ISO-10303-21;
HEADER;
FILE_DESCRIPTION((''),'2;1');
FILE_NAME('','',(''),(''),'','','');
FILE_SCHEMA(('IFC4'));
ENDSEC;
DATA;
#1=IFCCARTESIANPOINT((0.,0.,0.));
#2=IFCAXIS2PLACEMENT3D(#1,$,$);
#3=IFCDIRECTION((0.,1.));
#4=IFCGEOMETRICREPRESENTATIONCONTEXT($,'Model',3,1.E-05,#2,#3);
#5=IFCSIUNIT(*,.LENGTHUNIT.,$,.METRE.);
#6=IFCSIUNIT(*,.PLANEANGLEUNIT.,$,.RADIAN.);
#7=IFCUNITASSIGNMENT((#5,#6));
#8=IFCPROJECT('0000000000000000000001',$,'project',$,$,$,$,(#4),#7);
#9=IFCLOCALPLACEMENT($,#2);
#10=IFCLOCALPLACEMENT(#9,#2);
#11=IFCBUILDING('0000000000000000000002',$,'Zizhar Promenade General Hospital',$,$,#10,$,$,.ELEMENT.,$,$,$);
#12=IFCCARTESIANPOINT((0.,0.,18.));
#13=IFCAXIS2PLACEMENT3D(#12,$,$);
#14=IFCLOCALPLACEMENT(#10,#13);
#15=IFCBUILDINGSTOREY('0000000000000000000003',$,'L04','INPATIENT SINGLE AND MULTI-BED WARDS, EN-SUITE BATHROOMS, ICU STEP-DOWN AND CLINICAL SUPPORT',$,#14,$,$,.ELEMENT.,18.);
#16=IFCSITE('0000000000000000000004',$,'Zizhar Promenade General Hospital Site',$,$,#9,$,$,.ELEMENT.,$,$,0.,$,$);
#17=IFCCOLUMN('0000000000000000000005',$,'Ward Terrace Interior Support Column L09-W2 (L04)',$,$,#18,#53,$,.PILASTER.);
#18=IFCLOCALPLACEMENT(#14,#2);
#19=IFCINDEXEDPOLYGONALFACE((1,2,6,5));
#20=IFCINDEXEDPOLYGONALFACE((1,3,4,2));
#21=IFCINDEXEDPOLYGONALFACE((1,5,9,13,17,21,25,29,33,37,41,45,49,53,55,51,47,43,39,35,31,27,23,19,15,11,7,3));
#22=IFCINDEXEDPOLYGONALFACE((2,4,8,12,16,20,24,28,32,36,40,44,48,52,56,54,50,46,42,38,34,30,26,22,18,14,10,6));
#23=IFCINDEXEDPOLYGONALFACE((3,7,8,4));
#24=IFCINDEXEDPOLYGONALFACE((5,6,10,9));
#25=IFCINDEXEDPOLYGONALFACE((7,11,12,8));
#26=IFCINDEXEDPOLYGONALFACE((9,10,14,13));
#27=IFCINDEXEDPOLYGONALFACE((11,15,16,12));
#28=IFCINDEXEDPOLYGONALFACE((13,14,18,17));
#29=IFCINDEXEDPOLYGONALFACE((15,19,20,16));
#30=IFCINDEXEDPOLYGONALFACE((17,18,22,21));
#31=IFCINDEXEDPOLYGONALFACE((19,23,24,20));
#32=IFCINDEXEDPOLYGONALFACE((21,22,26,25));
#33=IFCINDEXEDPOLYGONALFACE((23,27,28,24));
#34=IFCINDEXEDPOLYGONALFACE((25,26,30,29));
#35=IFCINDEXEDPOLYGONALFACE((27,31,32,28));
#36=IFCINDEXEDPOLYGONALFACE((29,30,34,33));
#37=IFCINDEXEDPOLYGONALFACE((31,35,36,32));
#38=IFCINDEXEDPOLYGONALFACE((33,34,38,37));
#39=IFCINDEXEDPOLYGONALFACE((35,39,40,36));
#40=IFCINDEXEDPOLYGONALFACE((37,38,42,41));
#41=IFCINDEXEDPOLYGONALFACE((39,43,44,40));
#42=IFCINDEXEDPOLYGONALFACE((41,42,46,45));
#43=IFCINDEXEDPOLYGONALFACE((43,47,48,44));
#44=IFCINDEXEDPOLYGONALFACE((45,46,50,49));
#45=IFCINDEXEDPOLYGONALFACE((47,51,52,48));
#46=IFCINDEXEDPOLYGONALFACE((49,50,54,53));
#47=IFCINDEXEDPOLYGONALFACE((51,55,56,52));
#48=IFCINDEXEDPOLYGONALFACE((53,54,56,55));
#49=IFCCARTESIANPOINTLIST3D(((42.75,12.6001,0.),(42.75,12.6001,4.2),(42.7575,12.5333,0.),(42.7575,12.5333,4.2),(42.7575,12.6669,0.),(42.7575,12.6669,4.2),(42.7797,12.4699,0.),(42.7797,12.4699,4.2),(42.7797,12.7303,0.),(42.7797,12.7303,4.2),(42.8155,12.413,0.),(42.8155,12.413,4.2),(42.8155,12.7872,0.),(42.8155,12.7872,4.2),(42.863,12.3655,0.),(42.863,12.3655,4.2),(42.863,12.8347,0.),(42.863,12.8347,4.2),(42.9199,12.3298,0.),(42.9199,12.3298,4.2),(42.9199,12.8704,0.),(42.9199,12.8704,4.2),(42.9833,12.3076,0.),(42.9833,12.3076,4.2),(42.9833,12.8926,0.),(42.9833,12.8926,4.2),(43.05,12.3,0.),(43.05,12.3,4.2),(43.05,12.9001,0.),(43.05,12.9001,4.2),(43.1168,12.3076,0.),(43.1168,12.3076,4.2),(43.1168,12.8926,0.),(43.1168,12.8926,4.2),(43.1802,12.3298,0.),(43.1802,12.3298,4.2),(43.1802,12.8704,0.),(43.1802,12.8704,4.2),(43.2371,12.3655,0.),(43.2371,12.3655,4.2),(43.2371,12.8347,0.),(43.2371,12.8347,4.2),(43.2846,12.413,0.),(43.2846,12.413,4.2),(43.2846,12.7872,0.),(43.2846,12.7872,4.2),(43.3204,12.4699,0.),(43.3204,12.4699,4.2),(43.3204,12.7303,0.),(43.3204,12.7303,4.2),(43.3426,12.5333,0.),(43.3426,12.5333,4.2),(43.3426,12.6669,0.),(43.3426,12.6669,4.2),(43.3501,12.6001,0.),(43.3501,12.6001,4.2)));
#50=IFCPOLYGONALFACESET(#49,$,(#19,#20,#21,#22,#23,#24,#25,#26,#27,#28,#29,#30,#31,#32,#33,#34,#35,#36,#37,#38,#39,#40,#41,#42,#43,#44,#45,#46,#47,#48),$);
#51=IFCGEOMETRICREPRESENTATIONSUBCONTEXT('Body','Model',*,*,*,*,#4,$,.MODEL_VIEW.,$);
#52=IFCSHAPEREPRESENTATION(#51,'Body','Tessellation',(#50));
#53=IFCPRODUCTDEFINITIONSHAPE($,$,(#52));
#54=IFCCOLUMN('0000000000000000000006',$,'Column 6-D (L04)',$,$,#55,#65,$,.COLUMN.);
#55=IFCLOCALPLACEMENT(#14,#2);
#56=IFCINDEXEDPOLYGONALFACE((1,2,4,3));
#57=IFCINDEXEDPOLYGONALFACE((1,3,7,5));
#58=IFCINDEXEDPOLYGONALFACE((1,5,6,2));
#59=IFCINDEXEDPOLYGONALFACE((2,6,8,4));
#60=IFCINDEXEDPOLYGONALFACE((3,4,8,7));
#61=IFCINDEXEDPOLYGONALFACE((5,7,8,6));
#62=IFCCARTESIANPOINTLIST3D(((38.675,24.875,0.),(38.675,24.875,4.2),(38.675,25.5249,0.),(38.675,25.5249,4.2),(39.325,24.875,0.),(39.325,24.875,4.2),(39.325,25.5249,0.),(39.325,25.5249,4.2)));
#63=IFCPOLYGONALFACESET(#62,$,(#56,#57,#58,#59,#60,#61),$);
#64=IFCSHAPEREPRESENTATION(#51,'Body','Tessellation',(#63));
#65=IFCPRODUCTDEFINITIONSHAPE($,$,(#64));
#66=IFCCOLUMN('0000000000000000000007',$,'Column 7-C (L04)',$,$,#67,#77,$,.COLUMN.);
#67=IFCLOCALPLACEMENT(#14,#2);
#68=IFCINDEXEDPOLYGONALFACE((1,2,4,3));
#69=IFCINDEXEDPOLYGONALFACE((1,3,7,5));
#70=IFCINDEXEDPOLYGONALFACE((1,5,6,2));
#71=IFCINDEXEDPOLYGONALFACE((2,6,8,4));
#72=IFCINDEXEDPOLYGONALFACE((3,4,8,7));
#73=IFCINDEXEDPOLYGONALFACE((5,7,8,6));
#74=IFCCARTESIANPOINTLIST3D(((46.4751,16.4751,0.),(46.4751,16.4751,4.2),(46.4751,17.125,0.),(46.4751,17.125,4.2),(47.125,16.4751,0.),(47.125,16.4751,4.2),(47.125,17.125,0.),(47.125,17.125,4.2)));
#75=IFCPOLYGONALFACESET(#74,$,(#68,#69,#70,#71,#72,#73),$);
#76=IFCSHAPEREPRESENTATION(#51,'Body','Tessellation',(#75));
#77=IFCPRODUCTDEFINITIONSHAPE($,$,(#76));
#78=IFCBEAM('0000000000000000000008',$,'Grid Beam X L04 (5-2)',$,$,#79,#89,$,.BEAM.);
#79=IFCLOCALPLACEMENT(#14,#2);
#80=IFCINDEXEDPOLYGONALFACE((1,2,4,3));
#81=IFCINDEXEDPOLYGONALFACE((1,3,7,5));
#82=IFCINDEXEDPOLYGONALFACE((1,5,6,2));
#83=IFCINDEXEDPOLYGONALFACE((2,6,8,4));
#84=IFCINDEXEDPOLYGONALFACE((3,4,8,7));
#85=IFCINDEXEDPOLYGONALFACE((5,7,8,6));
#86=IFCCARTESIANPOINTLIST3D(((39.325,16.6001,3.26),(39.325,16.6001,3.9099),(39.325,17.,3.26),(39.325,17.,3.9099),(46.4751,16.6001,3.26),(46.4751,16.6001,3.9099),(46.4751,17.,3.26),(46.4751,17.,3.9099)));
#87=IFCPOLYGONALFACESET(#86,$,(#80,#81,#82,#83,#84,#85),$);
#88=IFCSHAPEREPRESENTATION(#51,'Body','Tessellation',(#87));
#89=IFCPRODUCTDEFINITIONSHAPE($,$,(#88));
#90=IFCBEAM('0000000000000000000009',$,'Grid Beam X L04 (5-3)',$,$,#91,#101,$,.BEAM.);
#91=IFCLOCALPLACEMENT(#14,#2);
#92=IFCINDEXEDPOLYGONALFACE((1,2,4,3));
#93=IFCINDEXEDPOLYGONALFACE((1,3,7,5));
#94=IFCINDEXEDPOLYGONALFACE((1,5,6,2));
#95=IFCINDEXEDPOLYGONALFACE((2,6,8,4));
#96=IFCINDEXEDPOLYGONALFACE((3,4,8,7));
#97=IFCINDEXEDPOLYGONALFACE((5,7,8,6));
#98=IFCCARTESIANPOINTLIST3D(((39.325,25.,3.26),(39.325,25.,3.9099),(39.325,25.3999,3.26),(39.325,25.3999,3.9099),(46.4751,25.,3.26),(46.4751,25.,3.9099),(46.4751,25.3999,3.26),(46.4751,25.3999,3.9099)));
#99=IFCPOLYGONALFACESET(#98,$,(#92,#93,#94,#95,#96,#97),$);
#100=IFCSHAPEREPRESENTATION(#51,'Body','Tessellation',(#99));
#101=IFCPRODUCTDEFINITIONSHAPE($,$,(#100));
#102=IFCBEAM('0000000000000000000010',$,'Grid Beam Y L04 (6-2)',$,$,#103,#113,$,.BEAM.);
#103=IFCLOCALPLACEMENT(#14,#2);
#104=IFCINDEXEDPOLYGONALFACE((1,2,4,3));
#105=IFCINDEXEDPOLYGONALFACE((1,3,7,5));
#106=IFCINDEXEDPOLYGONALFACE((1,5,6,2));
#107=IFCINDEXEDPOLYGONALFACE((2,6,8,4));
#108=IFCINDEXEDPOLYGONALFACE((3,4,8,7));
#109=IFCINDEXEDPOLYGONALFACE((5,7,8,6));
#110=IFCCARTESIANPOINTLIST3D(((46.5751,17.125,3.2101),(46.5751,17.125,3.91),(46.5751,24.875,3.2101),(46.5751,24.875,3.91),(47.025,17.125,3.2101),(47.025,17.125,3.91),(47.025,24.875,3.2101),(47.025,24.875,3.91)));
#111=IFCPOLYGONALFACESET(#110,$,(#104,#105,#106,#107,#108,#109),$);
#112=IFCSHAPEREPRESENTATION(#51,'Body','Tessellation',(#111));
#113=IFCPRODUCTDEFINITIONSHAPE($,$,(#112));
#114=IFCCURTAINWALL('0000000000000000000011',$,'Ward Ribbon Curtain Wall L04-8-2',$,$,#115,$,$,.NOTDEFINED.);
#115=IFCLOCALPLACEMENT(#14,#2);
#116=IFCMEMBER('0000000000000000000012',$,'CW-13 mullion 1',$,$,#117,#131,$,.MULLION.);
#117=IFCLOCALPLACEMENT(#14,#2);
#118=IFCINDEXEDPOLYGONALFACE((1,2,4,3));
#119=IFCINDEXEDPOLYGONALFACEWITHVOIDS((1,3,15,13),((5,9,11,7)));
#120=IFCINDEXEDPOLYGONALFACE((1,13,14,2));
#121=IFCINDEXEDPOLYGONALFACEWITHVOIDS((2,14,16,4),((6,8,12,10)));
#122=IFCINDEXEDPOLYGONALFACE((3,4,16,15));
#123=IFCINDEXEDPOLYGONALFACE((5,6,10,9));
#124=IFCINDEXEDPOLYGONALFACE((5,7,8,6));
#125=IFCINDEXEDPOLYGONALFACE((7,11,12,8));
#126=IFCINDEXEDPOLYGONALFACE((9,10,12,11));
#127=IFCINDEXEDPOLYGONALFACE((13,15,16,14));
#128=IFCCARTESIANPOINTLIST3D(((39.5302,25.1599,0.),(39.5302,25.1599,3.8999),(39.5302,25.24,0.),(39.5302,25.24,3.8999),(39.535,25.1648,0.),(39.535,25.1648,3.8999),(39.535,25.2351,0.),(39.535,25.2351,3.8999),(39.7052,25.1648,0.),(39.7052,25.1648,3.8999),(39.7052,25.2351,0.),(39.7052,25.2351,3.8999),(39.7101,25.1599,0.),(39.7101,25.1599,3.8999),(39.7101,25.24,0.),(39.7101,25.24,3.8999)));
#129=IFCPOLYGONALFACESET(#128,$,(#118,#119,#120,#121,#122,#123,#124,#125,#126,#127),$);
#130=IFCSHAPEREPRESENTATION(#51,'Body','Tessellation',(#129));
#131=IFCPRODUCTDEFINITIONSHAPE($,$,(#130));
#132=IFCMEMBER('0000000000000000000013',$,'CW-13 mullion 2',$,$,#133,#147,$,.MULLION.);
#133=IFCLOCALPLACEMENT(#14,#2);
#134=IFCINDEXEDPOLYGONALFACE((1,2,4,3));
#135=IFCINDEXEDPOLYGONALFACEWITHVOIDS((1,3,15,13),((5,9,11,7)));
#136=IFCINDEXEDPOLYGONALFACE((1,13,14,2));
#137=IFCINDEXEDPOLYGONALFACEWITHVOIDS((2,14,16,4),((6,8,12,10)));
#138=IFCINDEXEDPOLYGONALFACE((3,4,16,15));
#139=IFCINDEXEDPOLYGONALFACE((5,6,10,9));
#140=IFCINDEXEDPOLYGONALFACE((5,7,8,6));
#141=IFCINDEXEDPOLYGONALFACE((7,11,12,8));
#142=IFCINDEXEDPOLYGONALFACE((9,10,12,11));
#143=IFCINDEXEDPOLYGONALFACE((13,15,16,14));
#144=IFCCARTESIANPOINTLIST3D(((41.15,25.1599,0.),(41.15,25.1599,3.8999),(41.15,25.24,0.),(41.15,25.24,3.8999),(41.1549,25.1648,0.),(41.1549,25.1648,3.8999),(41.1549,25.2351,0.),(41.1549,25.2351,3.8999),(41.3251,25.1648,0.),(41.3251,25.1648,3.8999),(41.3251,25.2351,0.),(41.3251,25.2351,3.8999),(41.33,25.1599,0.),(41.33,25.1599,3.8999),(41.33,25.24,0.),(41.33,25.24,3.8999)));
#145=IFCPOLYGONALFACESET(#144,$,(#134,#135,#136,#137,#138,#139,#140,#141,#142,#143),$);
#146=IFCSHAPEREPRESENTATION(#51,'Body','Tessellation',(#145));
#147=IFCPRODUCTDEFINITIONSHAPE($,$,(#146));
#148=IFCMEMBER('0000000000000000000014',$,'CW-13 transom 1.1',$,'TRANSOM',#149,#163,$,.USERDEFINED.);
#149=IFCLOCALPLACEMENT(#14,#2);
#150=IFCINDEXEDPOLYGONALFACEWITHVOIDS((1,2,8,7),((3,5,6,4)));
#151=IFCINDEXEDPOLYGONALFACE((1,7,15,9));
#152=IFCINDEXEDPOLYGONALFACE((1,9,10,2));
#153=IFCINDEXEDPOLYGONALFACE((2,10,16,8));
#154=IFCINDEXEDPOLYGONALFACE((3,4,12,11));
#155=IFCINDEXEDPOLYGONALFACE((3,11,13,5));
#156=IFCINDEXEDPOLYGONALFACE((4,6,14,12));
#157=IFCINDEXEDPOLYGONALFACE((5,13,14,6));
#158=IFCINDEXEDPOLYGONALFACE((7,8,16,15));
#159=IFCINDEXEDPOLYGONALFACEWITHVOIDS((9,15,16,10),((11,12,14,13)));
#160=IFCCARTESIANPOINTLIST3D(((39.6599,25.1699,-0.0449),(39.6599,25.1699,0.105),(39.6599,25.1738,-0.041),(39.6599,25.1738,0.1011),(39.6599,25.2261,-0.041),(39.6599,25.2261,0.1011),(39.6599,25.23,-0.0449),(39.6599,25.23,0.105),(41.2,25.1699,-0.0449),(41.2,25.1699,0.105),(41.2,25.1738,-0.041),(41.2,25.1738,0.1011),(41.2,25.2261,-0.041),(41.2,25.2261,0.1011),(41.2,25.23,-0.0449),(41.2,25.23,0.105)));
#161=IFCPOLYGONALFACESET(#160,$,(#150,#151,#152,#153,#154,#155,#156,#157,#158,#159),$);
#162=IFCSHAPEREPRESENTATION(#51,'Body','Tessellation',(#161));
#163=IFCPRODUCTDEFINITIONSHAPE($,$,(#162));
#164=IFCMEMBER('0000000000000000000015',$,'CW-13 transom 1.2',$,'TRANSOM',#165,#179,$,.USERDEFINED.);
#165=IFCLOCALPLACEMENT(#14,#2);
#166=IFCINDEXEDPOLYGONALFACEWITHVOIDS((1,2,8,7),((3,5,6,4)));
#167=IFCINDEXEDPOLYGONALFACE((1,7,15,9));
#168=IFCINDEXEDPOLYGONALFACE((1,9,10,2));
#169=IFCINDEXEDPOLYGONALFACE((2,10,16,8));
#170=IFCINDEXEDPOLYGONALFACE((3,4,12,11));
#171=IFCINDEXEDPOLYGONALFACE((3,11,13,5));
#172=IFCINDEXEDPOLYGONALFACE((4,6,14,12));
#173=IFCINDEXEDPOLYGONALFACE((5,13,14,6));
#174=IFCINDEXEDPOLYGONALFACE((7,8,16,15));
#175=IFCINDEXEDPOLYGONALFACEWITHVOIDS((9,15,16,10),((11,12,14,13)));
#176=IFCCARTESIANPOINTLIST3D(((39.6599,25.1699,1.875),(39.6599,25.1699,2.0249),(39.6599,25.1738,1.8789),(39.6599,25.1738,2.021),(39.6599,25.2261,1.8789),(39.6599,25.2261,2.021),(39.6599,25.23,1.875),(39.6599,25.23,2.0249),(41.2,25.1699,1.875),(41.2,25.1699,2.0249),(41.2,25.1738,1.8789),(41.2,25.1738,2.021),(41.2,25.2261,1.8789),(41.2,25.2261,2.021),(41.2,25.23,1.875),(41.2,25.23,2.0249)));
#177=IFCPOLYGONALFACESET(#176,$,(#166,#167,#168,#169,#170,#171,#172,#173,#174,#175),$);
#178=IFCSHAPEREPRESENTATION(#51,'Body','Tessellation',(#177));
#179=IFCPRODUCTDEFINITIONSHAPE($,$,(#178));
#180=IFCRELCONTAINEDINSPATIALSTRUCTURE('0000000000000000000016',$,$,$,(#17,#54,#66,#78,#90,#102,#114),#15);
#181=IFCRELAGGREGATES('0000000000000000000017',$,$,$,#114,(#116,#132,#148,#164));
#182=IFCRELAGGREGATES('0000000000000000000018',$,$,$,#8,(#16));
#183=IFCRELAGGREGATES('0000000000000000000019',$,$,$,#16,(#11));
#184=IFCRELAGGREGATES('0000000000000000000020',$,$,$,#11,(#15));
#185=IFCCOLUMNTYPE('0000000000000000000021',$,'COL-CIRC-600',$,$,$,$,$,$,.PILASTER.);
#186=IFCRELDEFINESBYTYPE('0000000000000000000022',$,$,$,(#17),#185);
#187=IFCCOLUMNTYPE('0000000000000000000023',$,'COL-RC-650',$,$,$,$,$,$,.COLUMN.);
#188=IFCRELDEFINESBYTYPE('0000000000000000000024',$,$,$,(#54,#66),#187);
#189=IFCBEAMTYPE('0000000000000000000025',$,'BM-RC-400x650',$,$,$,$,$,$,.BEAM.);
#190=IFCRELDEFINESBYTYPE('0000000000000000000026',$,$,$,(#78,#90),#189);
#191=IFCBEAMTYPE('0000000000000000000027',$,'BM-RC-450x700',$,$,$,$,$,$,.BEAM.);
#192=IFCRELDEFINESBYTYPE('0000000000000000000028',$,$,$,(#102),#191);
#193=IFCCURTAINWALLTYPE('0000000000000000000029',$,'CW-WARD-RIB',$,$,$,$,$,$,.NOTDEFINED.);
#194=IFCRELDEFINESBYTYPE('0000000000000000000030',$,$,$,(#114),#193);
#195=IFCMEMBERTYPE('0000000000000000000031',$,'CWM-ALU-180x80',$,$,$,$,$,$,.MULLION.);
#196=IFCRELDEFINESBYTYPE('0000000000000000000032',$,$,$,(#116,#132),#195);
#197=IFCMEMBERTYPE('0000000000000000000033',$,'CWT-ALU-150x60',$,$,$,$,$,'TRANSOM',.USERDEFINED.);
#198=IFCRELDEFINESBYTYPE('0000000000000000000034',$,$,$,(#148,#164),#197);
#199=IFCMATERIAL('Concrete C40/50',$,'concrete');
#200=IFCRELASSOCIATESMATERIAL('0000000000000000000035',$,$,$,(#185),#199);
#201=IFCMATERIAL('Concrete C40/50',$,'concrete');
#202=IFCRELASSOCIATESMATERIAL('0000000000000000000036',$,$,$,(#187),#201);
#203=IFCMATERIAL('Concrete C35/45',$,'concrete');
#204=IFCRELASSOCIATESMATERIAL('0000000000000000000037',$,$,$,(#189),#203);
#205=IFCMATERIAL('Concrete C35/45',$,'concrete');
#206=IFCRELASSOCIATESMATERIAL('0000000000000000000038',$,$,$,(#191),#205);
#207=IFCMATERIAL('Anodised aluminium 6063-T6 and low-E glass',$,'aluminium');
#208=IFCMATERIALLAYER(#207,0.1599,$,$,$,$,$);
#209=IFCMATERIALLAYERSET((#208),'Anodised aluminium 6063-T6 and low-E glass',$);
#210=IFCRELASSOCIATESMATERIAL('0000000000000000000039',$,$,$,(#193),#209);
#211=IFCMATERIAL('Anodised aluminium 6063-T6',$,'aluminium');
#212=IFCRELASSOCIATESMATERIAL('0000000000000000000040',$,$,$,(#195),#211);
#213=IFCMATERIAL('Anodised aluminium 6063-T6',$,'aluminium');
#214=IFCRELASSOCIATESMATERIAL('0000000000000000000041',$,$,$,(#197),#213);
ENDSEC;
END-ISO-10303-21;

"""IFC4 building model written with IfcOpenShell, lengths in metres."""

from ifc_helpers import new_model, si_unit, direction, frame, origin, origin_2d, place, context, subcontext, project, spatial, rectangle, hollow_rectangle, circle, extrude, material, layer, layer_set, material_profile, profile_set, type_object, element, aggregate, save


model = new_model("IFC4")

# Units and contexts
model_context = context("Model", 3, precision=1e-05, world=origin(), true_north=direction((0.0, 1.0)))
body_context = subcontext(model_context, "Body", "Model", "MODEL_VIEW")
ifc_project = project(units=[si_unit("LENGTHUNIT", "METRE"), si_unit("PLANEANGLEUNIT", "RADIAN")], contexts=[model_context])

# Site, building, storey
site_placement = place(None, origin())
site = spatial("IfcSite", under=ifc_project, at=site_placement, Name="Zizhar Promenade General Hospital Site", CompositionType="ELEMENT", RefElevation=0.0)
building_placement = place(site_placement, origin())
building = spatial("IfcBuilding", under=site, at=building_placement, Name="Zizhar Promenade General Hospital", CompositionType="ELEMENT")
storey_placement = place(building_placement, frame((0.0, 0.0, 18.0)))
storey = spatial("IfcBuildingStorey", under=building, at=storey_placement, Name="L04", Description="INPATIENT SINGLE AND MULTI-BED WARDS, EN-SUITE BATHROOMS, ICU STEP-DOWN AND CLINICAL SUPPORT", CompositionType="ELEMENT", Elevation=18.0)

# Columns
ifc_material_1 = material(Name="Concrete C40/50", Category="concrete")
ifc_material_profile_1 = material_profile(ifc_material_1, circle(Radius=0.3, at=origin_2d()))
ifc_profile_set_1 = profile_set([ifc_material_profile_1], Name="Concrete C40/50")
column_type_1 = type_object("IfcColumnType", Name="COL-CIRC-600", PredefinedType="PILASTER", material=ifc_profile_set_1)
column_placement = place(storey_placement, frame((43.05, 12.6001, 0.0), z_axis=(0.0, 0.0, 1.0), x_axis=(1.0, 0.0, 0.0)))
element("IfcColumn", 1, at=column_placement, inside=storey, type_object=column_type_1, Name="Ward Terrace Interior Support Column L09-W2 (L04)", PredefinedType="PILASTER", context=body_context, shape_type="SweptSolid", body=[
    extrude(circle(Radius=0.3, at=origin_2d()), origin(), (0.0, 0.0, 1.0), 4.2),
])
ifc_material_2 = material(Name="Concrete C40/50", Category="concrete")
ifc_material_profile_2 = material_profile(ifc_material_2, rectangle(XDim=0.6499, YDim=0.6499, at=origin_2d()))
ifc_profile_set_2 = profile_set([ifc_material_profile_2], Name="Concrete C40/50")
column_type_2 = type_object("IfcColumnType", Name="COL-RC-650", PredefinedType="COLUMN", material=ifc_profile_set_2)
for number, where, z_axis, x_axis, name in (
    (2, (39.0, 25.2, 0.0), (0.0, 0.0, 1.0), (1.0, 0.0, 0.0), "Column 6-D (L04)"),
    (3, (46.8, 16.8, 0.0), (0.0, 0.0, 1.0), (1.0, 0.0, 0.0), "Column 7-C (L04)"),
):
    element("IfcColumn", number, at=place(storey_placement, frame(where, z_axis=z_axis, x_axis=x_axis)), inside=storey, type_object=column_type_2, Name=name, PredefinedType="COLUMN", context=body_context, shape_type="SweptSolid", body=[
        extrude(rectangle(XDim=0.6499, YDim=0.6499, at=origin_2d()), origin(), (0.0, 0.0, 1.0), 4.2),
    ])

# Beams
ifc_material_3 = material(Name="Concrete C35/45", Category="concrete")
ifc_material_profile_3 = material_profile(ifc_material_3, rectangle(XDim=0.3999, YDim=0.6499, at=origin_2d()))
ifc_profile_set_3 = profile_set([ifc_material_profile_3], Name="Concrete C35/45")
beam_type_1 = type_object("IfcBeamType", Name="BM-RC-400x650", PredefinedType="BEAM", material=ifc_profile_set_3)
for number, where, z_axis, x_axis, name in (
    (4, (39.325, 16.8, 3.585), (1.0, 0.0, 0.0), (0.0, 1.0, 0.0), "Grid Beam X L04 (5-2)"),
    (5, (39.325, 25.2, 3.585), (1.0, 0.0, 0.0), (0.0, 1.0, 0.0), "Grid Beam X L04 (5-3)"),
):
    element("IfcBeam", number, at=place(storey_placement, frame(where, z_axis=z_axis, x_axis=x_axis)), inside=storey, type_object=beam_type_1, Name=name, PredefinedType="BEAM", context=body_context, shape_type="SweptSolid", body=[
        extrude(rectangle(XDim=0.3999, YDim=0.6499, at=origin_2d()), origin(), (0.0, 0.0, 1.0), 7.1501),
    ])
ifc_material_4 = material(Name="Concrete C35/45", Category="concrete")
ifc_material_profile_4 = material_profile(ifc_material_4, rectangle(XDim=0.45, YDim=0.7, at=origin_2d()))
ifc_profile_set_4 = profile_set([ifc_material_profile_4], Name="Concrete C35/45")
beam_type_2 = type_object("IfcBeamType", Name="BM-RC-450x700", PredefinedType="BEAM", material=ifc_profile_set_4)
beam_placement = place(storey_placement, frame((46.8, 17.125, 3.5601), z_axis=(0.0, 1.0, 0.0), x_axis=(-1.0, 0.0, 0.0)))
element("IfcBeam", 6, at=beam_placement, inside=storey, type_object=beam_type_2, Name="Grid Beam Y L04 (6-2)", PredefinedType="BEAM", context=body_context, shape_type="SweptSolid", body=[
    extrude(rectangle(XDim=0.45, YDim=0.7, at=origin_2d()), origin(), (0.0, 0.0, 1.0), 7.75),
])

# Curtain wall, members
ifc_material_5 = material(Name="Anodised aluminium 6063-T6 and low-E glass", Category="aluminium")
ifc_layer_1 = layer(ifc_material_5, 0.1599)
ifc_layer_set_1 = layer_set([ifc_layer_1], Name="Anodised aluminium 6063-T6 and low-E glass")
curtain_wall_type = type_object("IfcCurtainWallType", Name="CW-WARD-RIB", PredefinedType="NOTDEFINED", material=ifc_layer_set_1)
curtain_wall_placement = place(storey_placement, origin())
curtain_wall = element("IfcCurtainWall", 7, at=curtain_wall_placement, inside=storey, type_object=curtain_wall_type, Name="Ward Ribbon Curtain Wall L04-8-2", PredefinedType="NOTDEFINED")
ifc_material_6 = material(Name="Anodised aluminium 6063-T6", Category="aluminium")
ifc_material_profile_5 = material_profile(ifc_material_6, hollow_rectangle(XDim=0.0801, YDim=0.1799, WallThickness=0.0049, at=origin_2d()))
ifc_profile_set_5 = profile_set([ifc_material_profile_5], Name="Anodised aluminium 6063-T6")
member_type_1 = type_object("IfcMemberType", Name="CWM-ALU-180x80", PredefinedType="MULLION", material=ifc_profile_set_5)
member_1_placement = place(storey_placement, frame((39.6201, 25.2, 0.0), z_axis=(0.0, 0.0, 1.0), x_axis=(0.0, 1.0, 0.0)))
member_1 = element("IfcMember", 8, at=member_1_placement, type_object=member_type_1, Name="CW-13 mullion 1", PredefinedType="MULLION", context=body_context, shape_type="SweptSolid", body=[
    extrude(hollow_rectangle(XDim=0.0801, YDim=0.1799, WallThickness=0.0049, at=origin_2d()), origin(), (0.0, 0.0, 1.0), 3.8999),
])
member_2_placement = place(storey_placement, frame((41.24, 25.2, 0.0), z_axis=(0.0, 0.0, 1.0), x_axis=(0.0, 1.0, 0.0)))
member_2 = element("IfcMember", 9, at=member_2_placement, type_object=member_type_1, Name="CW-13 mullion 2", PredefinedType="MULLION", context=body_context, shape_type="SweptSolid", body=[
    extrude(hollow_rectangle(XDim=0.0801, YDim=0.1799, WallThickness=0.0049, at=origin_2d()), origin(), (0.0, 0.0, 1.0), 3.8999),
])
ifc_material_7 = material(Name="Anodised aluminium 6063-T6", Category="aluminium")
ifc_material_profile_6 = material_profile(ifc_material_7, hollow_rectangle(XDim=0.0601, YDim=0.1499, WallThickness=0.0039, at=origin_2d()))
ifc_profile_set_6 = profile_set([ifc_material_profile_6], Name="Anodised aluminium 6063-T6")
member_type_2 = type_object("IfcMemberType", Name="CWT-ALU-150x60", ElementType="TRANSOM", PredefinedType="USERDEFINED", material=ifc_profile_set_6)
member_3_placement = place(storey_placement, frame((39.6599, 25.2, 0.03), z_axis=(1.0, 0.0, 0.0), x_axis=(0.0, 1.0, 0.0)))
member_3 = element("IfcMember", 10, at=member_3_placement, type_object=member_type_2, Name="CW-13 transom 1.1", ObjectType="TRANSOM", PredefinedType="USERDEFINED", context=body_context, shape_type="SweptSolid", body=[
    extrude(hollow_rectangle(XDim=0.0601, YDim=0.1499, WallThickness=0.0039, at=origin_2d()), origin(), (0.0, 0.0, 1.0), 1.54),
])
member_4_placement = place(storey_placement, frame((39.6599, 25.2, 1.95), z_axis=(1.0, 0.0, 0.0), x_axis=(0.0, 1.0, 0.0)))
member_4 = element("IfcMember", 11, at=member_4_placement, type_object=member_type_2, Name="CW-13 transom 1.2", ObjectType="TRANSOM", PredefinedType="USERDEFINED", context=body_context, shape_type="SweptSolid", body=[
    extrude(hollow_rectangle(XDim=0.0601, YDim=0.1499, WallThickness=0.0039, at=origin_2d()), origin(), (0.0, 0.0, 1.0), 1.54),
])
aggregate(curtain_wall, [member_1, member_2, member_3, member_4])

save(model, "model.ifc")
